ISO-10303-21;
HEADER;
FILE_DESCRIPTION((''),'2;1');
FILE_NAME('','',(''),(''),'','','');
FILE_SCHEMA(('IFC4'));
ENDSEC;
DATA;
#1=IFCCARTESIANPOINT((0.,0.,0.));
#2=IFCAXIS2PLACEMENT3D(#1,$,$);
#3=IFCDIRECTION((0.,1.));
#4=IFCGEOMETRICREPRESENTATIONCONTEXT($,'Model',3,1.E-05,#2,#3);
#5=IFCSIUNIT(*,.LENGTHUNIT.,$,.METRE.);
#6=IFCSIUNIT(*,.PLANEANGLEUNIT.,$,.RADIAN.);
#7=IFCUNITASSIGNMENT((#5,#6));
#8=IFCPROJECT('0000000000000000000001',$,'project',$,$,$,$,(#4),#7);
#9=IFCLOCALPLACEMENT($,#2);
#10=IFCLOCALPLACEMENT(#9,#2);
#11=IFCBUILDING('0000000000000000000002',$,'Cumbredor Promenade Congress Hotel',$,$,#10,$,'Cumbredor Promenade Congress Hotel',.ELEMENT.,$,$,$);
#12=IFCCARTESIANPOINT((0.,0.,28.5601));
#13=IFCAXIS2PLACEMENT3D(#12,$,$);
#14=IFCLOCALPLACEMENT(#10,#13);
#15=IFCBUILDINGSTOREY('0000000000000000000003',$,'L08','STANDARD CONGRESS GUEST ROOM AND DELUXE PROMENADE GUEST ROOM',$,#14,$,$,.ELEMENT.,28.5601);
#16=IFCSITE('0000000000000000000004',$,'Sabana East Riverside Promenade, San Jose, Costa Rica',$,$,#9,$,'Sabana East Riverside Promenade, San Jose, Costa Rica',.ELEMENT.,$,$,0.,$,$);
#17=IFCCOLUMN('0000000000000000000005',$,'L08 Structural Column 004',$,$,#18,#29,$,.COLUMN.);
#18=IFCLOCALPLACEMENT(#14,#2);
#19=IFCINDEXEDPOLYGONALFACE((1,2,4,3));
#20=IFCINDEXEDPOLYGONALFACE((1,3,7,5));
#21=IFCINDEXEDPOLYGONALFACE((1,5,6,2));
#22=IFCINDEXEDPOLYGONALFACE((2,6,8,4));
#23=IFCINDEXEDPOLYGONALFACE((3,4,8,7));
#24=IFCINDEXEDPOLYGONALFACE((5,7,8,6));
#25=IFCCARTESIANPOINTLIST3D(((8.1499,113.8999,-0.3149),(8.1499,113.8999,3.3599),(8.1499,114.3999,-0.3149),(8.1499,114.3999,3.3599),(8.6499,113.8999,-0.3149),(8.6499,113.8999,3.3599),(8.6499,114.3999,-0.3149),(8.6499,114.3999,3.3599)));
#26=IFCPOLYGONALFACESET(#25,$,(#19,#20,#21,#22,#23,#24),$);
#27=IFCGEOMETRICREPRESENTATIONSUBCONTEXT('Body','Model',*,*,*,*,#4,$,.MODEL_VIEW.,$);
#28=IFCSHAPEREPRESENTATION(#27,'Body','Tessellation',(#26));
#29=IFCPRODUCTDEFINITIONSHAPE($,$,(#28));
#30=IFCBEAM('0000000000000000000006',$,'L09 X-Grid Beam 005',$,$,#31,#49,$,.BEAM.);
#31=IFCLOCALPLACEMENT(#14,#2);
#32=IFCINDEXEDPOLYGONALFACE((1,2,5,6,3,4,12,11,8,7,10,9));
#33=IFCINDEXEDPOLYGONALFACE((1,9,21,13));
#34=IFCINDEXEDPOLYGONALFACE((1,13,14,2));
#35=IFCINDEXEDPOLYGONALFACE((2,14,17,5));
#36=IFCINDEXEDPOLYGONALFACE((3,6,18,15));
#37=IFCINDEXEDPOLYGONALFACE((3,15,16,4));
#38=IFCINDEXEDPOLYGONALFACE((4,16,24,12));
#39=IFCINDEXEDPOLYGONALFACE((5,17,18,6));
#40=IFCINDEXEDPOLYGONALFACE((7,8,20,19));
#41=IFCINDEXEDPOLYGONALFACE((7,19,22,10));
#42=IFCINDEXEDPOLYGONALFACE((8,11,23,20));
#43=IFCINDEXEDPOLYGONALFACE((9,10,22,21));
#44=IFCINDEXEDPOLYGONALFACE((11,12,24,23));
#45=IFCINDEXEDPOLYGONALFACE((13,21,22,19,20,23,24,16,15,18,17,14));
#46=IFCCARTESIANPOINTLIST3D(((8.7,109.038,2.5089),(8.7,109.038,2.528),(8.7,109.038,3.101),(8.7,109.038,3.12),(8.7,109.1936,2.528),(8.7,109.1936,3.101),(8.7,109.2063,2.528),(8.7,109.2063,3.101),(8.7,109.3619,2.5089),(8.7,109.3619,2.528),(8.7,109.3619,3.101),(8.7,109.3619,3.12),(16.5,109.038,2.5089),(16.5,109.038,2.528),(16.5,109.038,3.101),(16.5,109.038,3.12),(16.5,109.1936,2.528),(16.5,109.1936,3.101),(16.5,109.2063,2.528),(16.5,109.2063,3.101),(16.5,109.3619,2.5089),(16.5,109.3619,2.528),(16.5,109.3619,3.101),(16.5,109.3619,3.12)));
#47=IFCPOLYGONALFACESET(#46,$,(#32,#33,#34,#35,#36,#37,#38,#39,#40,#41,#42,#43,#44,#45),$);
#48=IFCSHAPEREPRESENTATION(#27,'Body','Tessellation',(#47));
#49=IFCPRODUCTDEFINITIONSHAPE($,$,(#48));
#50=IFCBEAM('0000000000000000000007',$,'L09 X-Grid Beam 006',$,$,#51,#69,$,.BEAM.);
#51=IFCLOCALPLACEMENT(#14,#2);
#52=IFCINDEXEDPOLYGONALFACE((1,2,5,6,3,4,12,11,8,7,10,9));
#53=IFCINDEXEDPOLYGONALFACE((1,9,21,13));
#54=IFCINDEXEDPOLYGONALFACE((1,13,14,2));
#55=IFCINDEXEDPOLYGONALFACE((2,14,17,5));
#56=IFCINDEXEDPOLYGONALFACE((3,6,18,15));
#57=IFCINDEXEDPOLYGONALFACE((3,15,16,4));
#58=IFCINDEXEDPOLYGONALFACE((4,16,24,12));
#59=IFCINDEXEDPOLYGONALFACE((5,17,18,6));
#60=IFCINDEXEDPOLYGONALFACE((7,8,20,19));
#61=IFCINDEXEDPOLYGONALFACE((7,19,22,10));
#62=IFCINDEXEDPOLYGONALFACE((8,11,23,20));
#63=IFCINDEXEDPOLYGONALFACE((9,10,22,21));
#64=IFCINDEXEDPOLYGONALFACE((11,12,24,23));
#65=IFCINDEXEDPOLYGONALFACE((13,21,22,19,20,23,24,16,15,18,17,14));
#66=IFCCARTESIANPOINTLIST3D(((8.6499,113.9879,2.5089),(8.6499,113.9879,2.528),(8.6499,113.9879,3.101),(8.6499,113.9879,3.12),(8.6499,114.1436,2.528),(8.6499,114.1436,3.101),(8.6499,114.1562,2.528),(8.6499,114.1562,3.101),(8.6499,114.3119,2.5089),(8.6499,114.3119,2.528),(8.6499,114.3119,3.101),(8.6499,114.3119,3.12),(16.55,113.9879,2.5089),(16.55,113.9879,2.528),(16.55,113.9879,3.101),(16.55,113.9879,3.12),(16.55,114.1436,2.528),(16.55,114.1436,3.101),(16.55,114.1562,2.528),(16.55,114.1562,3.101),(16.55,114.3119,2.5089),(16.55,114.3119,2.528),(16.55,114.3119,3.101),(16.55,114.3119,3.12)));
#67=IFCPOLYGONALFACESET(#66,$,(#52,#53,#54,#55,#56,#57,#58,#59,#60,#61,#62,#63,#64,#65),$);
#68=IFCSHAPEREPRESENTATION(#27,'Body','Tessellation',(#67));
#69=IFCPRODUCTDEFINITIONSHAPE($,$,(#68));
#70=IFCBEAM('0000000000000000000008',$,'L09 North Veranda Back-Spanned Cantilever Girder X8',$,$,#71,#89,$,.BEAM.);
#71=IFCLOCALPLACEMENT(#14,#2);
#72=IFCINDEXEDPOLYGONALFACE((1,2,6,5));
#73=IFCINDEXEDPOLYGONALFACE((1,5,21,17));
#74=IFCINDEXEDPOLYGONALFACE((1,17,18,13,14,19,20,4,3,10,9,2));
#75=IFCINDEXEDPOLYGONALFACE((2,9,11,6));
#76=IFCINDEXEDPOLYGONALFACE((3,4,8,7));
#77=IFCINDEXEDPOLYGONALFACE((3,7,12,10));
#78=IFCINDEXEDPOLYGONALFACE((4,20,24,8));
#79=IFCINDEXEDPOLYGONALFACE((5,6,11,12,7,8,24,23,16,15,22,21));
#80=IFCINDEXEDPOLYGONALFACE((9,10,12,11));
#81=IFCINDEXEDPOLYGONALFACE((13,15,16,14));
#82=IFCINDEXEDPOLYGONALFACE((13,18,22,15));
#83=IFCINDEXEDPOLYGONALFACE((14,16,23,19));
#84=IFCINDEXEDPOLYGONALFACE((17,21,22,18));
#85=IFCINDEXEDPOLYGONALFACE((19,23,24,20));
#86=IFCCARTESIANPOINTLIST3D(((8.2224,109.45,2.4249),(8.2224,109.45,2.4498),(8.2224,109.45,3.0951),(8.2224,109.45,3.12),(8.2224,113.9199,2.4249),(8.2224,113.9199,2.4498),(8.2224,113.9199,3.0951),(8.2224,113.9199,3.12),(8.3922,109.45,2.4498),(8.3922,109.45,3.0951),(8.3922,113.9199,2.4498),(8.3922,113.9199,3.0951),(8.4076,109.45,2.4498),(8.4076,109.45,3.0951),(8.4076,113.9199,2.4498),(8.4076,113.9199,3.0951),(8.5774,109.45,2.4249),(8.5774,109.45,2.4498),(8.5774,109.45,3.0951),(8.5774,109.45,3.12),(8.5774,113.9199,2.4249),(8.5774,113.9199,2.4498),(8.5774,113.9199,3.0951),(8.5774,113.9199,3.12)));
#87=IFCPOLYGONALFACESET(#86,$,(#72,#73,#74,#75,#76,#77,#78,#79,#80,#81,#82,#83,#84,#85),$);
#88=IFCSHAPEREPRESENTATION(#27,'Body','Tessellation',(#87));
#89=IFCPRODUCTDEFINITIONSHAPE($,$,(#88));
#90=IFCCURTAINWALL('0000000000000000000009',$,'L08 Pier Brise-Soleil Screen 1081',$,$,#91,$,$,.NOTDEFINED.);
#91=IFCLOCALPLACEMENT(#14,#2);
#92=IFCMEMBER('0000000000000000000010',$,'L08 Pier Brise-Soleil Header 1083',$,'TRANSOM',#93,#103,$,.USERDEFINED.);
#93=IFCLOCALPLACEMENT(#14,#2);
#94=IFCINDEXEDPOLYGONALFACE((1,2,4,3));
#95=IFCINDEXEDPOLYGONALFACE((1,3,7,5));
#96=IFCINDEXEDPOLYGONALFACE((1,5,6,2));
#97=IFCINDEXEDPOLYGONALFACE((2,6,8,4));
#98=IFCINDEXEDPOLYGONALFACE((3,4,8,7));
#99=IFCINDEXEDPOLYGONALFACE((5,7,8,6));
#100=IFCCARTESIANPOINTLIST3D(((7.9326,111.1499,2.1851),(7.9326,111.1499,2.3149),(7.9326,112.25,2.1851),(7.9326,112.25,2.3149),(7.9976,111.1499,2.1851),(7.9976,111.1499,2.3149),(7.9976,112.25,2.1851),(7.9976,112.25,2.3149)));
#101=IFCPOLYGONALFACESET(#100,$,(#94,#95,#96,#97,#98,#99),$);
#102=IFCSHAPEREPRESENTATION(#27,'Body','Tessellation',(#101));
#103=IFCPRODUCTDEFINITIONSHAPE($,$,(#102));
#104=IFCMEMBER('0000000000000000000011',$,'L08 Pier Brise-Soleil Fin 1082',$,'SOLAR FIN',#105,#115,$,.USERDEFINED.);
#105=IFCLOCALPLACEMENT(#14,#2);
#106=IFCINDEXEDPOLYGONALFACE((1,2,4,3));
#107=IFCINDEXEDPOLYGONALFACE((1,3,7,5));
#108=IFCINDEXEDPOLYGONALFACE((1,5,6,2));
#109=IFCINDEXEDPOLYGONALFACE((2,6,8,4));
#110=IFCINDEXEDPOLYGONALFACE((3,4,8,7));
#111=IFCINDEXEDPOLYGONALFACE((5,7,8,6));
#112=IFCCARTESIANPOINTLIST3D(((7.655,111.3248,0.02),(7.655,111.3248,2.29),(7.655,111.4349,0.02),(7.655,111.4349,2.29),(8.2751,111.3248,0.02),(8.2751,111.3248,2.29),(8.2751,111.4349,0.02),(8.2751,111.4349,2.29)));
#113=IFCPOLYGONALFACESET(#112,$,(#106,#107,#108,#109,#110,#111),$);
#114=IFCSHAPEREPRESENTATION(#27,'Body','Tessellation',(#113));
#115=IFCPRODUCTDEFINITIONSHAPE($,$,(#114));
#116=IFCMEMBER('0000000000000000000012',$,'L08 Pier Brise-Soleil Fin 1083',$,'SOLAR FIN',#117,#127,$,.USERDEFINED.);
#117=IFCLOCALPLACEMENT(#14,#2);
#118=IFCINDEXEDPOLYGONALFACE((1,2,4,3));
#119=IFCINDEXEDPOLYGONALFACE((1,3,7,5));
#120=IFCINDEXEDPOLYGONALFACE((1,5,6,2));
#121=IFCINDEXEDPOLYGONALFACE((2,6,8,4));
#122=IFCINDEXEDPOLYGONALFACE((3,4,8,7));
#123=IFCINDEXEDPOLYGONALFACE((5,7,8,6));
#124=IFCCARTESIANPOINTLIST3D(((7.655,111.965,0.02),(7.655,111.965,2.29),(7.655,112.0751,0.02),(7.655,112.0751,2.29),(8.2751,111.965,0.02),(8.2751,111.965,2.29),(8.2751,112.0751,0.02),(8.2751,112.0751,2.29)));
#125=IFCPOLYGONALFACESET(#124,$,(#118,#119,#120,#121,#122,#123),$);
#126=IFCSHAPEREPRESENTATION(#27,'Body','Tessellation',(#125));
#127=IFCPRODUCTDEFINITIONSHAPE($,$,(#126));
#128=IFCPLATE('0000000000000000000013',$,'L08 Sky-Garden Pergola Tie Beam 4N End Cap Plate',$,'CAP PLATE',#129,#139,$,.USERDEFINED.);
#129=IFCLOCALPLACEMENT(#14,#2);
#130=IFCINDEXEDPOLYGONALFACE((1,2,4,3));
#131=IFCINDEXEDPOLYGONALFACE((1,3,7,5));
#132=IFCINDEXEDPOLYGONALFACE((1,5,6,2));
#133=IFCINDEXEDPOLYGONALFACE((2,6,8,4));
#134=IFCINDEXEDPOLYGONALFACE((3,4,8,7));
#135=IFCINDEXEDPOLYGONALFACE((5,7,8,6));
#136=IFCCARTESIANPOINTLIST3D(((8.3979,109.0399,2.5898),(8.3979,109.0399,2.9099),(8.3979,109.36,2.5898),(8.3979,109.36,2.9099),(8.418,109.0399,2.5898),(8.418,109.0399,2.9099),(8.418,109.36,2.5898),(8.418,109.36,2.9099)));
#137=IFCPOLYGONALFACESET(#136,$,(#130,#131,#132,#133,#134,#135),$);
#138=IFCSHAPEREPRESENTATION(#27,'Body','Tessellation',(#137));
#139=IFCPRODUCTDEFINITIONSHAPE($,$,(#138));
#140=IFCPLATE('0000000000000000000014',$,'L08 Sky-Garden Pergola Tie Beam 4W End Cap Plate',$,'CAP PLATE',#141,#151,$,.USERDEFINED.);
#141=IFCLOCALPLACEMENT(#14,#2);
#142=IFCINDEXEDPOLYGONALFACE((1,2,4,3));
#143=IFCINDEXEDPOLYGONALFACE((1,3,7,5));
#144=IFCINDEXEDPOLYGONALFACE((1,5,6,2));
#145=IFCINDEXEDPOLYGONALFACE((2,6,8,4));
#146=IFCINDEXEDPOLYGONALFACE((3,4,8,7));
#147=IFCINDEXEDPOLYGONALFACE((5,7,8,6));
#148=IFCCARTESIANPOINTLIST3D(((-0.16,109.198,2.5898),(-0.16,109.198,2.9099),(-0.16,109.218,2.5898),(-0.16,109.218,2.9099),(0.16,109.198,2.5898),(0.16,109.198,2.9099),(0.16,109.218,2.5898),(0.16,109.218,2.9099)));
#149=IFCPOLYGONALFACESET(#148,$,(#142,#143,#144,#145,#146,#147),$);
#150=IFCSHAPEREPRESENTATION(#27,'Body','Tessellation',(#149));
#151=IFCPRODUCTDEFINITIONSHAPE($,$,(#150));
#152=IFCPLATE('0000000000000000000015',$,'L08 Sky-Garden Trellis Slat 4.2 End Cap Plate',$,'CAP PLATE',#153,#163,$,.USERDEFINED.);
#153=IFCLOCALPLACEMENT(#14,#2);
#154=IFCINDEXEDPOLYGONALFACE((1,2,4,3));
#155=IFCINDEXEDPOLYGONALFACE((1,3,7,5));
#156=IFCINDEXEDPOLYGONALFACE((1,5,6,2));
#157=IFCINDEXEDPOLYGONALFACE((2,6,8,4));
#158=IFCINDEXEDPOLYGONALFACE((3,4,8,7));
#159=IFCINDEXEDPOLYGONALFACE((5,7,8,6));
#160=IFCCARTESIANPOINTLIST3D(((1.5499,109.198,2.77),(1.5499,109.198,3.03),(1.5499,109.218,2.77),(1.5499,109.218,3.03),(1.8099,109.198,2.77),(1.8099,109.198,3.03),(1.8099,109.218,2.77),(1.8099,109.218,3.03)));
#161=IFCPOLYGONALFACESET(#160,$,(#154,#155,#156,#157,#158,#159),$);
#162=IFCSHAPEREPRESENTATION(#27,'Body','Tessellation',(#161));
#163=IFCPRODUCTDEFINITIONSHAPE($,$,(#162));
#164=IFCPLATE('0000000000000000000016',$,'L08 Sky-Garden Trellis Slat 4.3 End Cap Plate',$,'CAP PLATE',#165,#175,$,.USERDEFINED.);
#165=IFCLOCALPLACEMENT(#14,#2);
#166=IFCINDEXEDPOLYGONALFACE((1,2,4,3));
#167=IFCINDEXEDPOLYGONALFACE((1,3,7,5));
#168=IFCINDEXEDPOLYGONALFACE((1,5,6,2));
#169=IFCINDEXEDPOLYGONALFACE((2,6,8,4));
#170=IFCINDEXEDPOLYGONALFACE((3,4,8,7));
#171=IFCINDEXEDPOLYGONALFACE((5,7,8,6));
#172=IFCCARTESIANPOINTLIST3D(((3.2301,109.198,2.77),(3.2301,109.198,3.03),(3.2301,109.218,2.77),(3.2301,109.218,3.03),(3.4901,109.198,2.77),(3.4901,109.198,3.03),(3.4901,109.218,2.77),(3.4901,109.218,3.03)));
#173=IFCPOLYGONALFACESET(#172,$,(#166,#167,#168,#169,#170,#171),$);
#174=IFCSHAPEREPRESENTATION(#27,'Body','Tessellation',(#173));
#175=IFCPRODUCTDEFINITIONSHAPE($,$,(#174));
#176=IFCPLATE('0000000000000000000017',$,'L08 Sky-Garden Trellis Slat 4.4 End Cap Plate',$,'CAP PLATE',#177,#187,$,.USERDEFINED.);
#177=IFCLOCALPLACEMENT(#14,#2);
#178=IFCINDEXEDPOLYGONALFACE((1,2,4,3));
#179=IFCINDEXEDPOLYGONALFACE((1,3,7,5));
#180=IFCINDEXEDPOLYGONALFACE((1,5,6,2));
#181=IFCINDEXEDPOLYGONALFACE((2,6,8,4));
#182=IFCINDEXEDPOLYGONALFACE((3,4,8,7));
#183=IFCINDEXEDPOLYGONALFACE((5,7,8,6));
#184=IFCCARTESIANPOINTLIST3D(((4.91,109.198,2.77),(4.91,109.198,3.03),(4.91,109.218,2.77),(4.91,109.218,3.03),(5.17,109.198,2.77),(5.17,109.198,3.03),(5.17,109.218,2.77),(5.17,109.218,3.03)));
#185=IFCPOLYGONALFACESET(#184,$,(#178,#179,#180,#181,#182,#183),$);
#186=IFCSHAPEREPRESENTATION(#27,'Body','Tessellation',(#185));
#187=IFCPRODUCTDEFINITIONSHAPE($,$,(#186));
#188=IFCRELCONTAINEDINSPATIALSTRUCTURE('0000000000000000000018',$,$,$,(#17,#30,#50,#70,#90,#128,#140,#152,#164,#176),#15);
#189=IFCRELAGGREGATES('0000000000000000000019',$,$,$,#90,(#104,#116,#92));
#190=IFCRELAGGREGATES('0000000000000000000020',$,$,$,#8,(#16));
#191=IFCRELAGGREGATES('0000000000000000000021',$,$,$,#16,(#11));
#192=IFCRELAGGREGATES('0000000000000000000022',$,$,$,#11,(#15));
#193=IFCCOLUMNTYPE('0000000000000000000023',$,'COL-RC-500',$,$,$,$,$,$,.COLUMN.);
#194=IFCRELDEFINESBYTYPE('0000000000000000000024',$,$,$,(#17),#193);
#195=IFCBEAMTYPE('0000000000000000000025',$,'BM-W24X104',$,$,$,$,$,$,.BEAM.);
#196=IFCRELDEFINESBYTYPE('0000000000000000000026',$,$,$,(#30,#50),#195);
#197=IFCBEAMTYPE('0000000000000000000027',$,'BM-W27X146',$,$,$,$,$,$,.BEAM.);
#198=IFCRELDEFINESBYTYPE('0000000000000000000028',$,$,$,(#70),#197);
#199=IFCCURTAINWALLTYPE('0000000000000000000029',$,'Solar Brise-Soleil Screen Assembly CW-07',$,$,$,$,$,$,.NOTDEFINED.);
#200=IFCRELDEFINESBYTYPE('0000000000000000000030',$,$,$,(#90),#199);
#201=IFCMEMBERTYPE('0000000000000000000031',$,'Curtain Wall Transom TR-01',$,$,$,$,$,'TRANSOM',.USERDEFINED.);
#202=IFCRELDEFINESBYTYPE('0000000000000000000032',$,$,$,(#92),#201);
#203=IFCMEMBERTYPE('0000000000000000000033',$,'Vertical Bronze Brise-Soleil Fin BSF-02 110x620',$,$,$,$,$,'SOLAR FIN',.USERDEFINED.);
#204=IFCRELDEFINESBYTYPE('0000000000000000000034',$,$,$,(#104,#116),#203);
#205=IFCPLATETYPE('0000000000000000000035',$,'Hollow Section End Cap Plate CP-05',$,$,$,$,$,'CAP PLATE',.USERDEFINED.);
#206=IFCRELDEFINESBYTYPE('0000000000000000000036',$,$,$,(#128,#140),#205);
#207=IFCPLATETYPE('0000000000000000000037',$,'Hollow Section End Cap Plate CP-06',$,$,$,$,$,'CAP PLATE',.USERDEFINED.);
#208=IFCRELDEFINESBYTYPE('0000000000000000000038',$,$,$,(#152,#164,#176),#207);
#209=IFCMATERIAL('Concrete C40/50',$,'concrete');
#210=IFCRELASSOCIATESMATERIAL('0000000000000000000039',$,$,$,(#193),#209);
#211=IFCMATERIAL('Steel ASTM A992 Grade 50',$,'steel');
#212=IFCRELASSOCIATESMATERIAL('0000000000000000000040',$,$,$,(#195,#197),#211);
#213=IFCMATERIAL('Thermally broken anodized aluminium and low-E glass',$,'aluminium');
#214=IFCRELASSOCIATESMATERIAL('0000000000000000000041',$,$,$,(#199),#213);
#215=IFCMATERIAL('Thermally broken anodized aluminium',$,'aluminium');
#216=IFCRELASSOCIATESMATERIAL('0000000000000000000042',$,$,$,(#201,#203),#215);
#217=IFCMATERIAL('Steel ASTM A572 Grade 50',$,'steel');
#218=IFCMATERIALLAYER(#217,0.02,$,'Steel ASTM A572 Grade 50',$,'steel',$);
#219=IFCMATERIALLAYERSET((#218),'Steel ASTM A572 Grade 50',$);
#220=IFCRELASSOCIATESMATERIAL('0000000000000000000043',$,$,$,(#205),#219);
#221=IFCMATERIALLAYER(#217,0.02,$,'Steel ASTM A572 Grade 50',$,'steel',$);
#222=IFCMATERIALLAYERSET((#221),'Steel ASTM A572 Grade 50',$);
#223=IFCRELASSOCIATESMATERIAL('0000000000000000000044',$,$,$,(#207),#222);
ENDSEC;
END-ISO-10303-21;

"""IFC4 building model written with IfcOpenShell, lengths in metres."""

from ifc_helpers import new_model, si_unit, direction, frame, origin, origin_2d, place, context, subcontext, project, spatial, rectangle, i_section, extrude, material, layer, layer_set, material_profile, profile_set, type_object, element, aggregate, save


model = new_model("IFC4")

# Units and contexts
model_context = context("Model", 3, precision=1e-05, world=origin(), true_north=direction((0.0, 1.0)))
body_context = subcontext(model_context, "Body", "Model", "MODEL_VIEW")
ifc_project = project(units=[si_unit("LENGTHUNIT", "METRE"), si_unit("PLANEANGLEUNIT", "RADIAN")], contexts=[model_context])

# Site, building, storey
site_placement = place(None, origin())
site = spatial("IfcSite", under=ifc_project, at=site_placement, Name="Sabana East Riverside Promenade, San Jose, Costa Rica", LongName="Sabana East Riverside Promenade, San Jose, Costa Rica", CompositionType="ELEMENT", RefElevation=0.0)
building_placement = place(site_placement, origin())
building = spatial("IfcBuilding", under=site, at=building_placement, Name="Cumbredor Promenade Congress Hotel", LongName="Cumbredor Promenade Congress Hotel", CompositionType="ELEMENT")
storey_placement = place(building_placement, frame((0.0, 0.0, 28.5601)))
storey = spatial("IfcBuildingStorey", under=building, at=storey_placement, Name="L08", Description="STANDARD CONGRESS GUEST ROOM AND DELUXE PROMENADE GUEST ROOM", CompositionType="ELEMENT", Elevation=28.5601)

# Column
ifc_material_1 = material(Name="Concrete C40/50", Category="concrete")
ifc_material_profile_1 = material_profile(ifc_material_1, rectangle(XDim=0.5, YDim=0.5, at=origin_2d()), Name="RC 500x500")
ifc_profile_set_1 = profile_set([ifc_material_profile_1], Name="Concrete C40/50")
column_type = type_object("IfcColumnType", Name="COL-RC-500", PredefinedType="COLUMN", material=ifc_profile_set_1)
column_placement = place(storey_placement, frame((8.3999, 114.1499, -0.3149), z_axis=(0.0, 0.0, 1.0), x_axis=(1.0, 0.0, 0.0)))
element("IfcColumn", 1, at=column_placement, inside=storey, type_object=column_type, Name="L08 Structural Column 004", PredefinedType="COLUMN", context=body_context, shape_type="SweptSolid", body=[
    extrude(rectangle(XDim=0.5, YDim=0.5, at=origin_2d()), origin(), (0.0, 0.0, 1.0), 3.6748),
])

# Beams
ifc_material_2 = material(Name="Steel ASTM A992 Grade 50", Category="steel")
ifc_material_profile_2 = material_profile(ifc_material_2, i_section(OverallWidth=0.324, OverallDepth=0.6111, WebThickness=0.0127, FlangeThickness=0.019, at=origin_2d()), Name="W24X104")
ifc_profile_set_2 = profile_set([ifc_material_profile_2], Name="Steel ASTM A992 Grade 50")
beam_type_1 = type_object("IfcBeamType", Name="BM-W24X104", PredefinedType="BEAM", material=ifc_profile_set_2)
beam_1_placement = place(storey_placement, frame((8.7, 109.2, 2.8145), z_axis=(1.0, 0.0, 0.0), x_axis=(0.0, 1.0, 0.0)))
element("IfcBeam", 2, at=beam_1_placement, inside=storey, type_object=beam_type_1, Name="L09 X-Grid Beam 005", PredefinedType="BEAM", context=body_context, shape_type="SweptSolid", body=[
    extrude(i_section(OverallWidth=0.324, OverallDepth=0.6111, WebThickness=0.0127, FlangeThickness=0.019, at=origin_2d()), origin(), (0.0, 0.0, 1.0), 7.8),
])
beam_2_placement = place(storey_placement, frame((8.6499, 114.1499, 2.8145), z_axis=(1.0, 0.0, 0.0), x_axis=(0.0, 1.0, 0.0)))
element("IfcBeam", 3, at=beam_2_placement, inside=storey, type_object=beam_type_1, Name="L09 X-Grid Beam 006", PredefinedType="BEAM", context=body_context, shape_type="SweptSolid", body=[
    extrude(i_section(OverallWidth=0.324, OverallDepth=0.6111, WebThickness=0.0127, FlangeThickness=0.019, at=origin_2d()), origin(), (0.0, 0.0, 1.0), 7.9001),
])
ifc_material_profile_3 = material_profile(ifc_material_2, i_section(OverallWidth=0.355, OverallDepth=0.6951, WebThickness=0.0154, FlangeThickness=0.0249, at=origin_2d()), Name="W27X146")
ifc_profile_set_3 = profile_set([ifc_material_profile_3], Name="Steel ASTM A992 Grade 50")
beam_type_2 = type_object("IfcBeamType", Name="BM-W27X146", PredefinedType="BEAM", material=ifc_profile_set_3)
beam_3_placement = place(storey_placement, frame((8.3999, 109.45, 2.7725), z_axis=(0.0, 1.0, 0.0), x_axis=(-1.0, 0.0, 0.0)))
element("IfcBeam", 4, at=beam_3_placement, inside=storey, type_object=beam_type_2, Name="L09 North Veranda Back-Spanned Cantilever Girder X8", PredefinedType="BEAM", context=body_context, shape_type="SweptSolid", body=[
    extrude(i_section(OverallWidth=0.355, OverallDepth=0.6951, WebThickness=0.0154, FlangeThickness=0.0249, at=origin_2d()), origin(), (0.0, 0.0, 1.0), 4.47),
])

# Curtain wall, members
ifc_material_3 = material(Name="Thermally broken anodized aluminium and low-E glass", Category="aluminium")
curtain_wall_type = type_object("IfcCurtainWallType", Name="Solar Brise-Soleil Screen Assembly CW-07", PredefinedType="NOTDEFINED", material=ifc_material_3)
curtain_wall_placement = place(storey_placement, origin())
curtain_wall = element("IfcCurtainWall", 5, at=curtain_wall_placement, inside=storey, type_object=curtain_wall_type, Name="L08 Pier Brise-Soleil Screen 1081", PredefinedType="NOTDEFINED")
ifc_material_4 = material(Name="Thermally broken anodized aluminium", Category="aluminium")
ifc_material_profile_4 = material_profile(ifc_material_4, rectangle(XDim=0.0649, YDim=0.1299, at=origin_2d()), Name="ALU TRANSOM 65x130")
ifc_profile_set_4 = profile_set([ifc_material_profile_4], Name="Thermally broken anodized aluminium")
member_type_1 = type_object("IfcMemberType", Name="Curtain Wall Transom TR-01", ElementType="TRANSOM", PredefinedType="USERDEFINED", material=ifc_profile_set_4)
member_1_placement = place(storey_placement, frame((7.9651, 111.1499, 2.25), z_axis=(0.0, 1.0, 0.0), x_axis=(-1.0, 0.0, 0.0)))
member_1 = element("IfcMember", 6, at=member_1_placement, type_object=member_type_1, Name="L08 Pier Brise-Soleil Header 1083", ObjectType="TRANSOM", PredefinedType="USERDEFINED", context=body_context, shape_type="SweptSolid", body=[
    extrude(rectangle(XDim=0.0649, YDim=0.1299, at=origin_2d()), origin(), (0.0, 0.0, 1.0), 1.1001),
])
ifc_material_profile_5 = material_profile(ifc_material_4, rectangle(XDim=0.1101, YDim=0.6201, at=origin_2d()), Name="ARCH FIN 110x620")
ifc_profile_set_5 = profile_set([ifc_material_profile_5], Name="Thermally broken anodized aluminium")
member_type_2 = type_object("IfcMemberType", Name="Vertical Bronze Brise-Soleil Fin BSF-02 110x620", ElementType="SOLAR FIN", PredefinedType="USERDEFINED", material=ifc_profile_set_5)
member_2_placement = place(storey_placement, frame((7.9651, 111.3799, 0.02), z_axis=(0.0, 0.0, 1.0), x_axis=(0.0, 1.0, 0.0)))
member_2 = element("IfcMember", 7, at=member_2_placement, type_object=member_type_2, Name="L08 Pier Brise-Soleil Fin 1082", ObjectType="SOLAR FIN", PredefinedType="USERDEFINED", context=body_context, shape_type="SweptSolid", body=[
    extrude(rectangle(XDim=0.1101, YDim=0.6201, at=origin_2d()), origin(), (0.0, 0.0, 1.0), 2.27),
])
member_3_placement = place(storey_placement, frame((7.9651, 112.02, 0.02), z_axis=(0.0, 0.0, 1.0), x_axis=(0.0, 1.0, 0.0)))
member_3 = element("IfcMember", 8, at=member_3_placement, type_object=member_type_2, Name="L08 Pier Brise-Soleil Fin 1083", ObjectType="SOLAR FIN", PredefinedType="USERDEFINED", context=body_context, shape_type="SweptSolid", body=[
    extrude(rectangle(XDim=0.1101, YDim=0.6201, at=origin_2d()), origin(), (0.0, 0.0, 1.0), 2.27),
])
aggregate(curtain_wall, [member_2, member_3, member_1])

# Plates
ifc_material_5 = material(Name="Steel ASTM A572 Grade 50", Category="steel")
ifc_layer_1 = layer(ifc_material_5, 0.02, Name="Steel ASTM A572 Grade 50", Category="steel")
ifc_layer_set_1 = layer_set([ifc_layer_1], Name="Steel ASTM A572 Grade 50")
plate_type_1 = type_object("IfcPlateType", Name="Hollow Section End Cap Plate CP-05", ElementType="CAP PLATE", PredefinedType="USERDEFINED", material=ifc_layer_set_1)
for number, where, z_axis, x_axis, name in (
    (9, (8.408, 109.2, 2.5898), (0.0, 0.0, 1.0), (1.0, 0.0, 0.0), "L08 Sky-Garden Pergola Tie Beam 4N End Cap Plate"),
    (10, (0.0, 109.208, 2.5898), (0.0, 0.0, 1.0), (0.0, 1.0, 0.0), "L08 Sky-Garden Pergola Tie Beam 4W End Cap Plate"),
):
    element("IfcPlate", number, at=place(storey_placement, frame(where, z_axis=z_axis, x_axis=x_axis)), inside=storey, type_object=plate_type_1, Name=name, ObjectType="CAP PLATE", PredefinedType="USERDEFINED", context=body_context, shape_type="SweptSolid", body=[
        extrude(rectangle(XDim=0.02, YDim=0.3201, at=origin_2d()), origin(), (0.0, 0.0, 1.0), 0.3201),
    ])
ifc_layer_2 = layer(ifc_material_5, 0.02, Name="Steel ASTM A572 Grade 50", Category="steel")
ifc_layer_set_2 = layer_set([ifc_layer_2], Name="Steel ASTM A572 Grade 50")
plate_type_2 = type_object("IfcPlateType", Name="Hollow Section End Cap Plate CP-06", ElementType="CAP PLATE", PredefinedType="USERDEFINED", material=ifc_layer_set_2)
for number, where, z_axis, x_axis, name in (
    (11, (1.6799, 109.208, 2.77), (0.0, 0.0, 1.0), (0.0, 1.0, 0.0), "L08 Sky-Garden Trellis Slat 4.2 End Cap Plate"),
    (12, (3.3601, 109.208, 2.77), (0.0, 0.0, 1.0), (0.0, 1.0, 0.0), "L08 Sky-Garden Trellis Slat 4.3 End Cap Plate"),
    (13, (5.04, 109.208, 2.77), (0.0, 0.0, 1.0), (0.0, 1.0, 0.0), "L08 Sky-Garden Trellis Slat 4.4 End Cap Plate"),
):
    element("IfcPlate", number, at=place(storey_placement, frame(where, z_axis=z_axis, x_axis=x_axis)), inside=storey, type_object=plate_type_2, Name=name, ObjectType="CAP PLATE", PredefinedType="USERDEFINED", context=body_context, shape_type="SweptSolid", body=[
        extrude(rectangle(XDim=0.02, YDim=0.26, at=origin_2d()), origin(), (0.0, 0.0, 1.0), 0.26),
    ])

save(model, "model.ifc")
